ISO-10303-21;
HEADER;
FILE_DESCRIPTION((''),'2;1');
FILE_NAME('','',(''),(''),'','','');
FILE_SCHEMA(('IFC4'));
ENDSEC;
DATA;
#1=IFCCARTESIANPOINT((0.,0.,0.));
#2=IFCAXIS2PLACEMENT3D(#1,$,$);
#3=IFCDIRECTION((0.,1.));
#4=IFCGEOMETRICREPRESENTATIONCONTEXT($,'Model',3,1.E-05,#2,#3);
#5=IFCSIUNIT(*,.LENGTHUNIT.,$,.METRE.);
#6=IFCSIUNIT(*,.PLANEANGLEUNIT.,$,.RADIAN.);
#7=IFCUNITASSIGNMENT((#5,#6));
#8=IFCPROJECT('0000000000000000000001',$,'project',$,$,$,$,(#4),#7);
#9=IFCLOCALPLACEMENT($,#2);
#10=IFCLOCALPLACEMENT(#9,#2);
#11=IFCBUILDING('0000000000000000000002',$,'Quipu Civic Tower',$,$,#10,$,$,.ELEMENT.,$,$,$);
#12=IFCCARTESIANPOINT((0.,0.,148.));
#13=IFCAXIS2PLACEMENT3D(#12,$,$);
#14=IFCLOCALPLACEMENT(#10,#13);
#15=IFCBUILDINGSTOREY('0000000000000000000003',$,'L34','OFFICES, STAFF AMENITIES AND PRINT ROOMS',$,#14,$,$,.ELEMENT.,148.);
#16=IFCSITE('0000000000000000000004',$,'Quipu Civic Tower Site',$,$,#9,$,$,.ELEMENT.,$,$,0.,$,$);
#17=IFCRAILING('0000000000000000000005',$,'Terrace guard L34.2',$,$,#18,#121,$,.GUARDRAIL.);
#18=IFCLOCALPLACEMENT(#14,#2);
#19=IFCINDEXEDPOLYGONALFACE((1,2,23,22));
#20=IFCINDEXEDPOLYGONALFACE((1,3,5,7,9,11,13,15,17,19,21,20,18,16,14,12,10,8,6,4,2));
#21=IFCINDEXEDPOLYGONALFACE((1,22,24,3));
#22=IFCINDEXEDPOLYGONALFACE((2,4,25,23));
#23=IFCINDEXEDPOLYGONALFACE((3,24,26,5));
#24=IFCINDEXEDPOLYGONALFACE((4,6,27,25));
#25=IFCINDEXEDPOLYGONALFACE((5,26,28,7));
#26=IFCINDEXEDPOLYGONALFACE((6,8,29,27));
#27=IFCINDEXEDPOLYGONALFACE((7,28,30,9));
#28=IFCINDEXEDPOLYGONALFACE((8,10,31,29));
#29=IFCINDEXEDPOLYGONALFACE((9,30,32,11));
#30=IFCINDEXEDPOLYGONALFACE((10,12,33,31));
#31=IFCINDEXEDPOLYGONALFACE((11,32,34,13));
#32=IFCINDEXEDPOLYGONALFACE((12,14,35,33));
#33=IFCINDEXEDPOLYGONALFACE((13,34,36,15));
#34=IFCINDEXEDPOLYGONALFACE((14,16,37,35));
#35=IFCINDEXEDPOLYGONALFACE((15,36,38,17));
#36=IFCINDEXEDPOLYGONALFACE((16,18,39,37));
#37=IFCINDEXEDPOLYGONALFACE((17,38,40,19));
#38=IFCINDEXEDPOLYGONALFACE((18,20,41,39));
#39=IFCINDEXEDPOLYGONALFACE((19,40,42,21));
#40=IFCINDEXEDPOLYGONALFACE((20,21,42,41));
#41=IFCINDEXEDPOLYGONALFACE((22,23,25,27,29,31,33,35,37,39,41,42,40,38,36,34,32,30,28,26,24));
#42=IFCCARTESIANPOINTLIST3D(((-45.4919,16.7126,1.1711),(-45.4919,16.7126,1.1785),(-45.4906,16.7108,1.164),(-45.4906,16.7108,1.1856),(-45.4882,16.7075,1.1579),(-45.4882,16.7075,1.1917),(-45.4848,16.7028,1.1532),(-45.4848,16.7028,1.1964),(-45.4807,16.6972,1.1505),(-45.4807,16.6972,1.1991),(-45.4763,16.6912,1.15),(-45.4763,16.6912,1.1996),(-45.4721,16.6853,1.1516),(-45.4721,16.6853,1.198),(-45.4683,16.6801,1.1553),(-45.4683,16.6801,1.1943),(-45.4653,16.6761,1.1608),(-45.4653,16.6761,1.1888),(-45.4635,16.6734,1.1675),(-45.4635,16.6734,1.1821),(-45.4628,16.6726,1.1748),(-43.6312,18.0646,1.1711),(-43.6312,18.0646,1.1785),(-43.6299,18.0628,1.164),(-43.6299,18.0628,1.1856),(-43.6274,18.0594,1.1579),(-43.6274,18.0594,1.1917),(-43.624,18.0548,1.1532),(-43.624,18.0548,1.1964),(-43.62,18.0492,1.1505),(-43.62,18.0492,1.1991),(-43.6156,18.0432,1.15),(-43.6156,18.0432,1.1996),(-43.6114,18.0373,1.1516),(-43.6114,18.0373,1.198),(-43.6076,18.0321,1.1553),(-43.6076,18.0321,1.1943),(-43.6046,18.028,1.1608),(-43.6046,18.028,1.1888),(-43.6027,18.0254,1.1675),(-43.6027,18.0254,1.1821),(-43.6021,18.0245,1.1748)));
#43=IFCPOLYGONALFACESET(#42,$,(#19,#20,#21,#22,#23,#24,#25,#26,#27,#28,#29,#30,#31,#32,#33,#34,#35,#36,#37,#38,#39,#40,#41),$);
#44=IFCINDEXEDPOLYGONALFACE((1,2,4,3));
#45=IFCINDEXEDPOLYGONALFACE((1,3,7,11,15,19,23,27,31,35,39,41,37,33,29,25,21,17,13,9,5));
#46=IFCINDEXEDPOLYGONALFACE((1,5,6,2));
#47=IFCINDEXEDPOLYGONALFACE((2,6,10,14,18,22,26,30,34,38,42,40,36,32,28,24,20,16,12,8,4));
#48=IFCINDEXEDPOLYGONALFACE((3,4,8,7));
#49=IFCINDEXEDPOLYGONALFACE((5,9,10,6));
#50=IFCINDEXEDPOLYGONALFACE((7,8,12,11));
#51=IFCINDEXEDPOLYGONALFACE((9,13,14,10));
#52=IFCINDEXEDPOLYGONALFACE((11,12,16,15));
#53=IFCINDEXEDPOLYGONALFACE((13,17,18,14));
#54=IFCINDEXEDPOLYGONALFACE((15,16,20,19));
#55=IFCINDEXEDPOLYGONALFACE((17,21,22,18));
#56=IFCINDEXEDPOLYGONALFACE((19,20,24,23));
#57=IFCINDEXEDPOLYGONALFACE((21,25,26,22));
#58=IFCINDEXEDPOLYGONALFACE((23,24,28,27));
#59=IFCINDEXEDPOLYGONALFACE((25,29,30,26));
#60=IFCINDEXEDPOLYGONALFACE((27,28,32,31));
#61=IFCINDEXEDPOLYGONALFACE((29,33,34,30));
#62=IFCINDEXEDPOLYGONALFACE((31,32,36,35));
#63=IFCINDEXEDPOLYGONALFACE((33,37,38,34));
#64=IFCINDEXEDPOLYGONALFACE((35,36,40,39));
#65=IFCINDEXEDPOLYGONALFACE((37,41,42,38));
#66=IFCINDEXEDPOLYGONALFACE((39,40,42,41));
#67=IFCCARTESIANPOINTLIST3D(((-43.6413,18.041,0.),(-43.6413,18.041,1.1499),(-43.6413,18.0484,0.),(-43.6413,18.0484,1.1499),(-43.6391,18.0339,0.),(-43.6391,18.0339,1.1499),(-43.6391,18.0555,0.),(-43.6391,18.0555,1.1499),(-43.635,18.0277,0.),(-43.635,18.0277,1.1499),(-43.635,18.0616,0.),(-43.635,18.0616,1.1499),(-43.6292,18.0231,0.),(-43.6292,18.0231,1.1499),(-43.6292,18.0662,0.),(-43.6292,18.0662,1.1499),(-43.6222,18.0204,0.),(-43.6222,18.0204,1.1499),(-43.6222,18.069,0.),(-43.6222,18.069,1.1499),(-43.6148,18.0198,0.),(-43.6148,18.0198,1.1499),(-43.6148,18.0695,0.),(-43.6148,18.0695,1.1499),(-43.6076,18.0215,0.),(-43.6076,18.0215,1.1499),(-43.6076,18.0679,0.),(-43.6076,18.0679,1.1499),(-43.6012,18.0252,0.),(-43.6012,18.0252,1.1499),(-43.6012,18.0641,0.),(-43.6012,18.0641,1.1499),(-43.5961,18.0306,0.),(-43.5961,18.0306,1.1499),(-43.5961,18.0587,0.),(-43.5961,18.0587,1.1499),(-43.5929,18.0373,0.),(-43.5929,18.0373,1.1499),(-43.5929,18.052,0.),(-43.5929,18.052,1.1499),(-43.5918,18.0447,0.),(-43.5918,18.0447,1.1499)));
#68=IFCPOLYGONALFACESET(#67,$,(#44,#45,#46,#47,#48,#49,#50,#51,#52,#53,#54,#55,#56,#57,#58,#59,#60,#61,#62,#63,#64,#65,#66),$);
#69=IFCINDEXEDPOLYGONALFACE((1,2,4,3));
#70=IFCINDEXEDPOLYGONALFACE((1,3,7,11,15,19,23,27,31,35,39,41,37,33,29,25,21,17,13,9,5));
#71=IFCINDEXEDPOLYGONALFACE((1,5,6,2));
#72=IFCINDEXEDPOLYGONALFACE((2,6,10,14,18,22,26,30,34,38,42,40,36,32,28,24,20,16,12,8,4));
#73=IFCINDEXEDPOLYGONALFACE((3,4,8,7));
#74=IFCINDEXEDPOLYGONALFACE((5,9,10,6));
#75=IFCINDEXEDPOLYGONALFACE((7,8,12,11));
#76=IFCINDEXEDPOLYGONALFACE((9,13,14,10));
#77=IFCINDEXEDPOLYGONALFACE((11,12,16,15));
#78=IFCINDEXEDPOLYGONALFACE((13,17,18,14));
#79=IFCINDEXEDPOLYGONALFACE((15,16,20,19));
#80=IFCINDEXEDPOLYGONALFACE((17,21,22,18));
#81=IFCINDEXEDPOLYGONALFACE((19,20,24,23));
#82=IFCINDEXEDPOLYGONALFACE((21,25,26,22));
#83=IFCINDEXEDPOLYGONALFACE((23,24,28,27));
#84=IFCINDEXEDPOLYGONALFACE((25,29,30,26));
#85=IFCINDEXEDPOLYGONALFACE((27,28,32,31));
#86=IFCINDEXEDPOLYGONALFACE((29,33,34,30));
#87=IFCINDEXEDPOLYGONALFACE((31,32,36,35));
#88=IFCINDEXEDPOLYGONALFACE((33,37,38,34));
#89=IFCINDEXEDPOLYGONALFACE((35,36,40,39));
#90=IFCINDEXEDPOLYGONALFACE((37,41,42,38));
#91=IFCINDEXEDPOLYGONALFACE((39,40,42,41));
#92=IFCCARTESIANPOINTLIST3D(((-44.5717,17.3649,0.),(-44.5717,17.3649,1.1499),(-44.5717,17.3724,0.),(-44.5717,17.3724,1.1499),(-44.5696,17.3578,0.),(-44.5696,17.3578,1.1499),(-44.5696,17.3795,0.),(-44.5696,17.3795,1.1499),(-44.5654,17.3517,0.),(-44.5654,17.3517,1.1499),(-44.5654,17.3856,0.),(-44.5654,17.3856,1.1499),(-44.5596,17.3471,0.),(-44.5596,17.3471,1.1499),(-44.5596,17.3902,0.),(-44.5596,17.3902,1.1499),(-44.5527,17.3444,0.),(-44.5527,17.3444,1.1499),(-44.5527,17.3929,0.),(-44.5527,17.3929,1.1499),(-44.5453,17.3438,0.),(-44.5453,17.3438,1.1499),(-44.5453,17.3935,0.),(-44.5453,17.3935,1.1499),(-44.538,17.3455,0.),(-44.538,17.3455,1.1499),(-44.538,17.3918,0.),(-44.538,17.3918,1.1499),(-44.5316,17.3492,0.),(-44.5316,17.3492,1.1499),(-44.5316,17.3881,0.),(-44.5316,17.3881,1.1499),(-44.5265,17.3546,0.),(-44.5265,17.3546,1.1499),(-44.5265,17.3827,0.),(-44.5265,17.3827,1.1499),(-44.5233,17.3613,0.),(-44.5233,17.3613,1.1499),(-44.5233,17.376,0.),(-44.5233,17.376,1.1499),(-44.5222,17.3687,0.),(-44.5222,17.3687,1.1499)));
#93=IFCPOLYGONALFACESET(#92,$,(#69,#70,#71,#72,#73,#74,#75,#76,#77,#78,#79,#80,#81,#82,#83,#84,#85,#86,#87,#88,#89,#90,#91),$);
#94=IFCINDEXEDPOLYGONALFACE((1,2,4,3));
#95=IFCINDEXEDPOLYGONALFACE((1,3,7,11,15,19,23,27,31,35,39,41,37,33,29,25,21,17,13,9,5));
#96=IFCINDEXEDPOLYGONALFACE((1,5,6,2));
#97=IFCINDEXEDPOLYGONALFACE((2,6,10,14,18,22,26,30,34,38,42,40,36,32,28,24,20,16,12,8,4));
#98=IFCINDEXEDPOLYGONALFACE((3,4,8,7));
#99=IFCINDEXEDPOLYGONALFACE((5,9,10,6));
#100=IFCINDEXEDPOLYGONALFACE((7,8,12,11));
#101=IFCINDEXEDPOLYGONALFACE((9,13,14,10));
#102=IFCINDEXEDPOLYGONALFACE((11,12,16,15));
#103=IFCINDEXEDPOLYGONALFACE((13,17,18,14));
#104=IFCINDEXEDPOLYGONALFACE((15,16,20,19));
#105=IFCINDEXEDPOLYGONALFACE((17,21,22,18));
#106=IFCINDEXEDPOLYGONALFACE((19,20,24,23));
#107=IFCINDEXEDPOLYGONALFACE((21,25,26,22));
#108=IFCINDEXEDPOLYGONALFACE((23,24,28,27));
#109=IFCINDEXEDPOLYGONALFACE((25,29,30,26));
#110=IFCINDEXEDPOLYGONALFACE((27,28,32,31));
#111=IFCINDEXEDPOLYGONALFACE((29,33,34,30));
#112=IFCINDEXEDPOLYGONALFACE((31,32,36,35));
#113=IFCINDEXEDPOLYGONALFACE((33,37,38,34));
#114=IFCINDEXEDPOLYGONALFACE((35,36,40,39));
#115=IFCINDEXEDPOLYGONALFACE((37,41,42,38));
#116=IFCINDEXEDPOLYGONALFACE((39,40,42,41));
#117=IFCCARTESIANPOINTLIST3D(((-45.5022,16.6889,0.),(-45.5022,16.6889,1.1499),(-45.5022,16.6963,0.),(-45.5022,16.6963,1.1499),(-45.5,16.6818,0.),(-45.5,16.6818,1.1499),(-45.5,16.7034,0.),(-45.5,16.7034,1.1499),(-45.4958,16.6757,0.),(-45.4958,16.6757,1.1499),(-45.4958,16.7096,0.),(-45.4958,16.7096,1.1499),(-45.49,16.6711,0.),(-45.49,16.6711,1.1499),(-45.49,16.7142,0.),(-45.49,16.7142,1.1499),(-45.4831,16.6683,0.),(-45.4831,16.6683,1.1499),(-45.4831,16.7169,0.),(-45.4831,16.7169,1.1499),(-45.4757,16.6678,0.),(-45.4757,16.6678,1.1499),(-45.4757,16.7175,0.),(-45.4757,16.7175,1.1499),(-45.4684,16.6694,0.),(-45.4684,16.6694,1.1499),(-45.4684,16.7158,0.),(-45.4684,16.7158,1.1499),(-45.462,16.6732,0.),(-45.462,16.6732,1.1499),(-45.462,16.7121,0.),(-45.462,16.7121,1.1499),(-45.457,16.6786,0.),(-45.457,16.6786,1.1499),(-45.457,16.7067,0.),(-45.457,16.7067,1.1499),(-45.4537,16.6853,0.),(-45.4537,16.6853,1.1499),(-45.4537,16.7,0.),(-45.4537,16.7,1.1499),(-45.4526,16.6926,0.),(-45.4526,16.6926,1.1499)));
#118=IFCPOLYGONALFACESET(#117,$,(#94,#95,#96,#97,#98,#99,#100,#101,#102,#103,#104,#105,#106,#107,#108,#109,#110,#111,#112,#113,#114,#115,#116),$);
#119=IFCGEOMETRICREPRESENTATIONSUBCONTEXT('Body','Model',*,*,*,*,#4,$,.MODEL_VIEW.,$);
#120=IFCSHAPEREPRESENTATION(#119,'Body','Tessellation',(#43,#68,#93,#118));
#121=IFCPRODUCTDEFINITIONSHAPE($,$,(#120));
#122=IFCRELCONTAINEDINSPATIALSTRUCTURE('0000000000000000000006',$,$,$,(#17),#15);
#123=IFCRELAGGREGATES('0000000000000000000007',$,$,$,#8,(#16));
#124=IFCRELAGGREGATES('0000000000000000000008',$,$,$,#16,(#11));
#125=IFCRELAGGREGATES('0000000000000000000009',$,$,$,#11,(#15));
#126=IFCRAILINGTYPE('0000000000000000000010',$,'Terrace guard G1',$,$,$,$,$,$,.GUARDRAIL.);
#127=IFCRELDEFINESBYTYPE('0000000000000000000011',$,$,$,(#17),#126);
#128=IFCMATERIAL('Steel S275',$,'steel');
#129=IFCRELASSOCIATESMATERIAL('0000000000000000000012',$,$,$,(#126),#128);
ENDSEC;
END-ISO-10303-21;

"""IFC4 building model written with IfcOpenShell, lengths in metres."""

from ifc_helpers import new_model, si_unit, direction, frame, origin, origin_2d, place, context, subcontext, project, spatial, circle, extrude, material, type_object, element, save


model = new_model("IFC4")

# Units and contexts
model_context = context("Model", 3, precision=1e-05, world=origin(), true_north=direction((0.0, 1.0)))
body_context = subcontext(model_context, "Body", "Model", "MODEL_VIEW")
ifc_project = project(units=[si_unit("LENGTHUNIT", "METRE"), si_unit("PLANEANGLEUNIT", "RADIAN")], contexts=[model_context])

# Site, building, storey
site_placement = place(None, origin())
site = spatial("IfcSite", under=ifc_project, at=site_placement, Name="Quipu Civic Tower Site", CompositionType="ELEMENT", RefElevation=0.0)
building_placement = place(site_placement, origin())
building = spatial("IfcBuilding", under=site, at=building_placement, Name="Quipu Civic Tower", CompositionType="ELEMENT")
storey_placement = place(building_placement, frame((0.0, 0.0, 148.0)))
storey = spatial("IfcBuildingStorey", under=building, at=storey_placement, Name="L34", Description="OFFICES, STAFF AMENITIES AND PRINT ROOMS", CompositionType="ELEMENT", Elevation=148.0)

# Railing
ifc_material_1 = material(Name="Steel S275", Category="steel")
railing_type = type_object("IfcRailingType", Name="Terrace guard G1", PredefinedType="GUARDRAIL", material=ifc_material_1)
railing_1_placement = place(storey_placement, frame((-43.6167, 18.0447, 0.0)))
element("IfcRailing", 1, at=railing_1_placement, inside=storey, type_object=railing_type, Name="Terrace guard L34.2", PredefinedType="GUARDRAIL", context=body_context, shape_type="SweptSolid", body=[
    extrude(circle(Radius=0.0249, at=origin_2d()), frame((0.0, 0.0, 1.1748), z_axis=(-0.809002, -0.587806, 0.0), x_axis=(0.587806, -0.809002, 0.0)), (0.0, 0.0, 1.0), 2.3),
    extrude(circle(Radius=0.0249, at=origin_2d()), origin(), (0.0, 0.0, 1.0), 1.1499),
    extrude(circle(Radius=0.0249, at=origin_2d()), frame((-0.9304, -0.676, 0.0)), (0.0, 0.0, 1.0), 1.1499),
    extrude(circle(Radius=0.0249, at=origin_2d()), frame((-1.8608, -1.3521, 0.0)), (0.0, 0.0, 1.0), 1.1499),
])

save(model, "model.ifc")
